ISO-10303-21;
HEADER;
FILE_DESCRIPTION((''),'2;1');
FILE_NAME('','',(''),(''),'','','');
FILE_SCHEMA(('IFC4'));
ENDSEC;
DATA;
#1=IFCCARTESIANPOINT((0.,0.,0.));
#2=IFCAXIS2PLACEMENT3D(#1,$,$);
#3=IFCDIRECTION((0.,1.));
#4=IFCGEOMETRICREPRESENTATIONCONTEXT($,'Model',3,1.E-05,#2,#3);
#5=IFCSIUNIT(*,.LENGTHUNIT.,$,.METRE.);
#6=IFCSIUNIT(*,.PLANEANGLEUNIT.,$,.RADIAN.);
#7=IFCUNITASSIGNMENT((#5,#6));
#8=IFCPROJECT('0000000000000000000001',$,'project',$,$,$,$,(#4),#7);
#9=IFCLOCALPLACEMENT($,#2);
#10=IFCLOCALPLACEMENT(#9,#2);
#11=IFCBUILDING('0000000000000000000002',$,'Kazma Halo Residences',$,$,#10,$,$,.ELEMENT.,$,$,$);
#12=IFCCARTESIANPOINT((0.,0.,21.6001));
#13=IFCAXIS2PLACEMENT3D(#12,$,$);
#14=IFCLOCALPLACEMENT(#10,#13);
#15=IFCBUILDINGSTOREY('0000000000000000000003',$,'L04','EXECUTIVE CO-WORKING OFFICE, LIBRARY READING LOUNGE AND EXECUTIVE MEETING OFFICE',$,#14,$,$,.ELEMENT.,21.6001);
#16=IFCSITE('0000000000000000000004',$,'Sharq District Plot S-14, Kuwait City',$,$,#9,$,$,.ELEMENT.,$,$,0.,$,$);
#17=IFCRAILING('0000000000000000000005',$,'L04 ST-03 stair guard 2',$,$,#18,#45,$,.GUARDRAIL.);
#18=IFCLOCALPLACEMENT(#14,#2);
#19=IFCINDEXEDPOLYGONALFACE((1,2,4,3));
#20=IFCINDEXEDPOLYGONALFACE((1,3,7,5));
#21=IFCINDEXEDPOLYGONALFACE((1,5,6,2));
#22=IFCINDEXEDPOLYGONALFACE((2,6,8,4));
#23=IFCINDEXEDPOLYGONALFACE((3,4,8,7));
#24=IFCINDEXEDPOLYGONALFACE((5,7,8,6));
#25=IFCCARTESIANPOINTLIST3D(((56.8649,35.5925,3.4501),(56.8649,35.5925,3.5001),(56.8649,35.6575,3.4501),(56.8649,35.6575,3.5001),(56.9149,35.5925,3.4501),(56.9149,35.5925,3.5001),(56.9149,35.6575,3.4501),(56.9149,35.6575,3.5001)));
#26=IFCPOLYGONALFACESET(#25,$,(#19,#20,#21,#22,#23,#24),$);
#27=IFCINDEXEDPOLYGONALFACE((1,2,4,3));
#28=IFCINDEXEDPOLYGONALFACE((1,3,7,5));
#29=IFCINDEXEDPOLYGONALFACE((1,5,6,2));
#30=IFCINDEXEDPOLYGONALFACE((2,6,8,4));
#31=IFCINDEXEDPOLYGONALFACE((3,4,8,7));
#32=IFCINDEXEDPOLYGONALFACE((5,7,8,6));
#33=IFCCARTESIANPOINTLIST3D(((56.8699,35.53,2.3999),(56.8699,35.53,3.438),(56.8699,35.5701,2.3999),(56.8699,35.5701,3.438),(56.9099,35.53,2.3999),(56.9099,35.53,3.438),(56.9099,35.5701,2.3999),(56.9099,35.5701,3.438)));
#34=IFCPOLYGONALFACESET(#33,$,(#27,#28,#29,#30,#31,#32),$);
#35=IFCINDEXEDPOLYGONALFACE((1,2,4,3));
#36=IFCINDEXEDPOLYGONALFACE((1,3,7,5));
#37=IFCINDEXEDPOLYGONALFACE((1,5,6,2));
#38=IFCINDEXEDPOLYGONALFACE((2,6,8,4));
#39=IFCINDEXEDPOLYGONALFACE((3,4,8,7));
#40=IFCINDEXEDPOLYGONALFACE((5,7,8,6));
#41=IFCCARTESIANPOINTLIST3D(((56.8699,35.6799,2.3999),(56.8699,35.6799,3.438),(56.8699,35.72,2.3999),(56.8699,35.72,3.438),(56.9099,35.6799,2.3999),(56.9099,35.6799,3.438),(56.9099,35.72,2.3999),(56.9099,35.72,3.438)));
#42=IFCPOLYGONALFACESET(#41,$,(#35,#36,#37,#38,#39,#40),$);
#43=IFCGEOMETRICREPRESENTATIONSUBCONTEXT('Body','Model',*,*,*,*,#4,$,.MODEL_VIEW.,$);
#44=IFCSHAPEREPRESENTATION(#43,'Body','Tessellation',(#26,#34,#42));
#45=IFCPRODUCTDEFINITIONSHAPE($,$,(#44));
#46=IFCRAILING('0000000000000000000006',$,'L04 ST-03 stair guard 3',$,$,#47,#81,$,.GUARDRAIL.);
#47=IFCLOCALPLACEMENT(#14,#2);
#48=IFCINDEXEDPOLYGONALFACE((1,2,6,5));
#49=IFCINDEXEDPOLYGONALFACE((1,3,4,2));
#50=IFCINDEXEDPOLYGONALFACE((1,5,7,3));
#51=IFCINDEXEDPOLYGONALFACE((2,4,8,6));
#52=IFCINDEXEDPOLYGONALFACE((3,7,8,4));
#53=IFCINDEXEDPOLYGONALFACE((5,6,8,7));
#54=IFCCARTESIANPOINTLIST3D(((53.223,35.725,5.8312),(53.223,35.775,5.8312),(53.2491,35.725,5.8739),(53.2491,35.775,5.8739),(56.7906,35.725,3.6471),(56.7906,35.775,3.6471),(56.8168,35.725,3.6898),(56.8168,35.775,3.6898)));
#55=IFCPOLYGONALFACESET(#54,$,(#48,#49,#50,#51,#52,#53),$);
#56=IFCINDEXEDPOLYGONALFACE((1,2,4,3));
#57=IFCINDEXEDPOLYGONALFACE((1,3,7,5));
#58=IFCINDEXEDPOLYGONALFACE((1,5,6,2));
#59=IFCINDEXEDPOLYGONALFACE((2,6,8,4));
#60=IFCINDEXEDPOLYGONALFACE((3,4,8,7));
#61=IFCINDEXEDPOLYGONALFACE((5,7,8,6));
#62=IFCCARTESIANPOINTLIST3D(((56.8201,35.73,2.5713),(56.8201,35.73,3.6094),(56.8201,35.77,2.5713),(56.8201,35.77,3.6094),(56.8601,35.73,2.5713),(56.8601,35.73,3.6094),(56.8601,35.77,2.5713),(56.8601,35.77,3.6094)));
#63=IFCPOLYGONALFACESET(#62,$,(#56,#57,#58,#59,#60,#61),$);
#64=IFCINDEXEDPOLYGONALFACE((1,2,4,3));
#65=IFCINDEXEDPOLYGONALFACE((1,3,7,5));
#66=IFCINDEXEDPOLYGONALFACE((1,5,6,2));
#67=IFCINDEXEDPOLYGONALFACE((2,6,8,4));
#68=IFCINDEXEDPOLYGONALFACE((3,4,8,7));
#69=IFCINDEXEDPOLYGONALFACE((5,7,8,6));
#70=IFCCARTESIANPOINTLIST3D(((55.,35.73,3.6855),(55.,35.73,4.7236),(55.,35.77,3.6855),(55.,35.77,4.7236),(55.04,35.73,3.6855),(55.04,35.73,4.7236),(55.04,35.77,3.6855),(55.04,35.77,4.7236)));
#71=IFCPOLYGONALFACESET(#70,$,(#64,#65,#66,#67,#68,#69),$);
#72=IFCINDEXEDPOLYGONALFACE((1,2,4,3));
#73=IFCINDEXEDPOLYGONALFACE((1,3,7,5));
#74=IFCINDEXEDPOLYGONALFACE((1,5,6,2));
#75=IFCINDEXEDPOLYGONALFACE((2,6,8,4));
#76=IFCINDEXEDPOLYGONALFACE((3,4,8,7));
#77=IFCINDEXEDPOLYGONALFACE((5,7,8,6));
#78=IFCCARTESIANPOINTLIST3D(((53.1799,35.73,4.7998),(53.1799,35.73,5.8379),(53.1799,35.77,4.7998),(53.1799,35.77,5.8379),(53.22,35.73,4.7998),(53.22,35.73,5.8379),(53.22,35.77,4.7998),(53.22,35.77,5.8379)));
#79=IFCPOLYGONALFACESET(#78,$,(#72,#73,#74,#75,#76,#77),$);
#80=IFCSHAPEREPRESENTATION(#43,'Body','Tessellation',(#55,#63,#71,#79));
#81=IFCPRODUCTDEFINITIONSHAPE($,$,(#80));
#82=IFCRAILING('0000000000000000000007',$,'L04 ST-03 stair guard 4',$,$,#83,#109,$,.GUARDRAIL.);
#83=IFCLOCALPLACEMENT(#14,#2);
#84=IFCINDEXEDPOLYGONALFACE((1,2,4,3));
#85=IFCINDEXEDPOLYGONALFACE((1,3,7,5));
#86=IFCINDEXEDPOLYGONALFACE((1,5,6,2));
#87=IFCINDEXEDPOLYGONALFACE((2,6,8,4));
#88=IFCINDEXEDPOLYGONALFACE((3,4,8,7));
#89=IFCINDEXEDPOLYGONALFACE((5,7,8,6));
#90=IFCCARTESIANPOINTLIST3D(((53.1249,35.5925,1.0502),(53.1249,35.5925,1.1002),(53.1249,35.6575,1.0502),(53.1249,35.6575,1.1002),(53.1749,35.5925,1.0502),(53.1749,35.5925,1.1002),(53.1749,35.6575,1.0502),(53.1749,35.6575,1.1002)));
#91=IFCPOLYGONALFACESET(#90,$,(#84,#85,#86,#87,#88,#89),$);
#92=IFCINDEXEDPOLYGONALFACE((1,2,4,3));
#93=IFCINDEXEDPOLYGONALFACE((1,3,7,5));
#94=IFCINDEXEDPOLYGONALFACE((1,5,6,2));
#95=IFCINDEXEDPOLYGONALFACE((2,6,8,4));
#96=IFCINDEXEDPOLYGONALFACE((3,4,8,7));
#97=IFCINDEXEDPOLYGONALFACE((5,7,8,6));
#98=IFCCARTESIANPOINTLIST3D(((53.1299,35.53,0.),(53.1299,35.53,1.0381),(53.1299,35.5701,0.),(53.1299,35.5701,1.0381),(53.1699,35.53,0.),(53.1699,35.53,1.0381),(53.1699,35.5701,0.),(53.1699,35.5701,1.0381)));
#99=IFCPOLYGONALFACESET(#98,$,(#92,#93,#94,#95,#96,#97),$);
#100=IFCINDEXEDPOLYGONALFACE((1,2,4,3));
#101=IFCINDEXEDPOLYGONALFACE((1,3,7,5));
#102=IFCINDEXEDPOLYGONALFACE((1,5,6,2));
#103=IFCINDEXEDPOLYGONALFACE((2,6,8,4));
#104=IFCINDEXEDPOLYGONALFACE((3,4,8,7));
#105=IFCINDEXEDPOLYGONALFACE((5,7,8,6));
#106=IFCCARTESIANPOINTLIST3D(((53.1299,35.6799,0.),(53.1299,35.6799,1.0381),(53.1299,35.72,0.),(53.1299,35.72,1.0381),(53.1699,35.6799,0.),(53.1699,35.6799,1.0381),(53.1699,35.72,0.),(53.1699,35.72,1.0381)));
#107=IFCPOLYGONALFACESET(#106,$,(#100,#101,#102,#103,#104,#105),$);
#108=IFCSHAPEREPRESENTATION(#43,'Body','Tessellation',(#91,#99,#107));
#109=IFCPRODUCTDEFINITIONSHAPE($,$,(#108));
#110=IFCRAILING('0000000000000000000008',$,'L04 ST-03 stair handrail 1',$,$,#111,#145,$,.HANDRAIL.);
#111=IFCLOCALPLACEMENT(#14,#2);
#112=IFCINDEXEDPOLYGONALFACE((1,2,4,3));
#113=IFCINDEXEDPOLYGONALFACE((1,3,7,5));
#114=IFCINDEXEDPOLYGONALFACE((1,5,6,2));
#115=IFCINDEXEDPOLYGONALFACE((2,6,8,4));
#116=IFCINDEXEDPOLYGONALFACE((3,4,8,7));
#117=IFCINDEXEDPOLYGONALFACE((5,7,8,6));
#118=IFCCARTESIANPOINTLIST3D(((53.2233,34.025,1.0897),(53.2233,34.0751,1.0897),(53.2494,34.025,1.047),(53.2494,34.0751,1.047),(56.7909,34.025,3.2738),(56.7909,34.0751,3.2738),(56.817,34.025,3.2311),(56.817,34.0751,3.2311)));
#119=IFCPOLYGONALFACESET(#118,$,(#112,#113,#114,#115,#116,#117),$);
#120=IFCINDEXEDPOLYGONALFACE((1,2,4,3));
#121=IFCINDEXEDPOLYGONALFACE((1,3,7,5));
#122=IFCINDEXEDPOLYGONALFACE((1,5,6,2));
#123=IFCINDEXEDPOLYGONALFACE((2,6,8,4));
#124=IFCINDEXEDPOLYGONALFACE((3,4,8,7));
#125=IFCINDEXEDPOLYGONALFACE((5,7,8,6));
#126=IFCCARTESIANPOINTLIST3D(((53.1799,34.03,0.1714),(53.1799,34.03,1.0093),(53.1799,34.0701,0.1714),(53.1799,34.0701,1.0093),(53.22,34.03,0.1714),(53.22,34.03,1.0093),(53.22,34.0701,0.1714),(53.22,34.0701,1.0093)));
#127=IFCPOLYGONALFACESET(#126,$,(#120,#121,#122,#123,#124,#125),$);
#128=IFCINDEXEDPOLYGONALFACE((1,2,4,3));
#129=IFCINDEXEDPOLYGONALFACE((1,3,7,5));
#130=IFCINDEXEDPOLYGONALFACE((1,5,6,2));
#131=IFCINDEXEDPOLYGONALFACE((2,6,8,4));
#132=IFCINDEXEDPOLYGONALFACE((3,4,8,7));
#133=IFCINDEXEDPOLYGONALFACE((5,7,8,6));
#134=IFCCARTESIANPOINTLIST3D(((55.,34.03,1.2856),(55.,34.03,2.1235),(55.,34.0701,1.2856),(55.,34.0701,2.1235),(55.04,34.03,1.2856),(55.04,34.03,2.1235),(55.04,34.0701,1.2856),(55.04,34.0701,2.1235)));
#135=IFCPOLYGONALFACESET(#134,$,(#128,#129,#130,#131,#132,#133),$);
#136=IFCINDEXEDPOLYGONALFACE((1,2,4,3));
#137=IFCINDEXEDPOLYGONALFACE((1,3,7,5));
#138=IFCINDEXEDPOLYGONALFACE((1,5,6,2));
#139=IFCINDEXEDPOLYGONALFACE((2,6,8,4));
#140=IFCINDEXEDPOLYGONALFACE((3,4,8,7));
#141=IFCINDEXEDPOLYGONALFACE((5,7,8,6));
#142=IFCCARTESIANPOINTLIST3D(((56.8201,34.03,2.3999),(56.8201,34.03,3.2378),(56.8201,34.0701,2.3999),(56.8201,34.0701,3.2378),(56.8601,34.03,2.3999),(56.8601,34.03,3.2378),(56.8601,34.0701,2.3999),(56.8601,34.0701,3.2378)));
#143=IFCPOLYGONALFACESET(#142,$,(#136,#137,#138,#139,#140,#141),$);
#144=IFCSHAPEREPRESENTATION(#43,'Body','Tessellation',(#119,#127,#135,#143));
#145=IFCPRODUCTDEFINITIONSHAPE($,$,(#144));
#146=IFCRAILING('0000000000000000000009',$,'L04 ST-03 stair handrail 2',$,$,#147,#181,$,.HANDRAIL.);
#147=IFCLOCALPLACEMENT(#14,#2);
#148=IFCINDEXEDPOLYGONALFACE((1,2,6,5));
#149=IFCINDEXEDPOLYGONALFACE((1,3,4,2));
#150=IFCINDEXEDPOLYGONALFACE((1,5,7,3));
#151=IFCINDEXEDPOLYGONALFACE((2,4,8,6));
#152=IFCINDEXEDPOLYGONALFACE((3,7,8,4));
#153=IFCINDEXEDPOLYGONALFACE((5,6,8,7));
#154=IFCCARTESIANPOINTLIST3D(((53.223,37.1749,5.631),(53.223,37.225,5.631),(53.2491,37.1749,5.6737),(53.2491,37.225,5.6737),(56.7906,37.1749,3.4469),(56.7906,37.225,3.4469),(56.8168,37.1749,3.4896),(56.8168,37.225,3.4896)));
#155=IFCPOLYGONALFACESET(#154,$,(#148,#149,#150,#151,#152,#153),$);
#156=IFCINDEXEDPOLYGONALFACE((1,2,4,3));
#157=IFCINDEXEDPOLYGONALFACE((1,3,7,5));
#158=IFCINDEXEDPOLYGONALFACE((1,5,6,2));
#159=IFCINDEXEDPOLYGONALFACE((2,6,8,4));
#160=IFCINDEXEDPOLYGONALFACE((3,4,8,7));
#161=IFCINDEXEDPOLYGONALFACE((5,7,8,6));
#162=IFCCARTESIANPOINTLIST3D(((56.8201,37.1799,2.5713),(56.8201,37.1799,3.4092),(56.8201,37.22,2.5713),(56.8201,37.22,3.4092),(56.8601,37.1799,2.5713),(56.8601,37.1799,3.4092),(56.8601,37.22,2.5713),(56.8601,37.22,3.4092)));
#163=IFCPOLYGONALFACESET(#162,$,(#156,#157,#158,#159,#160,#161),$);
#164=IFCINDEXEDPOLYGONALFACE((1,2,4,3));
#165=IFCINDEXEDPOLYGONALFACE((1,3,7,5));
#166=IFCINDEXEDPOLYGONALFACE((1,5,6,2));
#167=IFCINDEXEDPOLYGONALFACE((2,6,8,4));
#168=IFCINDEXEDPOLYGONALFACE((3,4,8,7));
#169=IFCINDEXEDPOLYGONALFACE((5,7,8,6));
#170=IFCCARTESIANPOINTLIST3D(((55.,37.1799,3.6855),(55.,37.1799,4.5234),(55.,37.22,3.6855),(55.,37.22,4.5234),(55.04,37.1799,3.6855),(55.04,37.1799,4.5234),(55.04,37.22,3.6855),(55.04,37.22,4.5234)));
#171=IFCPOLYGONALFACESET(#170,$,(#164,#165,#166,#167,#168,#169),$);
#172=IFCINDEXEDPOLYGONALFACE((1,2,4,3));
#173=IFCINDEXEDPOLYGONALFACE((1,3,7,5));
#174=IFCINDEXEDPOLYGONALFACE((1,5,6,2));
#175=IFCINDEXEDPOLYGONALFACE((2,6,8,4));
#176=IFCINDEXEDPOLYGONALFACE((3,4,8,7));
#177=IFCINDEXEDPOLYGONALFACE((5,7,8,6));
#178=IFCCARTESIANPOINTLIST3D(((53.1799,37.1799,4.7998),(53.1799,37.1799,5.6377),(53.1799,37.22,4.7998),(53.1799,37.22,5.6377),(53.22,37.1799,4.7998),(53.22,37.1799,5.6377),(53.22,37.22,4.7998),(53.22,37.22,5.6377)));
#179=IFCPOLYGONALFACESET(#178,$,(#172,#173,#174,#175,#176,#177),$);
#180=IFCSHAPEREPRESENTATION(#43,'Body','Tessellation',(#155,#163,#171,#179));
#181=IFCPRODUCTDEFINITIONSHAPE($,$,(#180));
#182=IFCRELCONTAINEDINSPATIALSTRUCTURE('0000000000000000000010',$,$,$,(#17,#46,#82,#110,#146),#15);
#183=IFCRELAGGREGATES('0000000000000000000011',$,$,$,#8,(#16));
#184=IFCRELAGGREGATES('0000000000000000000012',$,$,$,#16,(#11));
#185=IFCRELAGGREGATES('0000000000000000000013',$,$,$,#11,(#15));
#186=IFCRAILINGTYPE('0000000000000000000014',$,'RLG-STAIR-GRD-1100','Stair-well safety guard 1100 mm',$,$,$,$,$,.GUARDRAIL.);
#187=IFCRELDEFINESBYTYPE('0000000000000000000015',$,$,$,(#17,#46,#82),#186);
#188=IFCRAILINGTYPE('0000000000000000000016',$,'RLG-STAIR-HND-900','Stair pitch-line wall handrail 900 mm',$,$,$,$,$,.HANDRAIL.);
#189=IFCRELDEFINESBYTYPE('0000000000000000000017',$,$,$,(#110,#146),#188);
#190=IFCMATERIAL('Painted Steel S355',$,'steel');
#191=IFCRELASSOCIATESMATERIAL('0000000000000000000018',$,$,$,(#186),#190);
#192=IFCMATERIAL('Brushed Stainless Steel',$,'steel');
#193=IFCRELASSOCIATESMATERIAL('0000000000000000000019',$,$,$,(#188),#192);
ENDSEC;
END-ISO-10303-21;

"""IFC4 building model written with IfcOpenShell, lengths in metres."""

from ifc_helpers import new_model, si_unit, direction, frame, origin, origin_2d, place, context, subcontext, project, spatial, rectangle, extrude, material, type_object, element, save


model = new_model("IFC4")

# Units and contexts
model_context = context("Model", 3, precision=1e-05, world=origin(), true_north=direction((0.0, 1.0)))
body_context = subcontext(model_context, "Body", "Model", "MODEL_VIEW")
ifc_project = project(units=[si_unit("LENGTHUNIT", "METRE"), si_unit("PLANEANGLEUNIT", "RADIAN")], contexts=[model_context])

# Site, building, storey
site_placement = place(None, origin())
site = spatial("IfcSite", under=ifc_project, at=site_placement, Name="Sharq District Plot S-14, Kuwait City", CompositionType="ELEMENT", RefElevation=0.0)
building_placement = place(site_placement, origin())
building = spatial("IfcBuilding", under=site, at=building_placement, Name="Kazma Halo Residences", CompositionType="ELEMENT")
storey_placement = place(building_placement, frame((0.0, 0.0, 21.6001)))
storey = spatial("IfcBuildingStorey", under=building, at=storey_placement, Name="L04", Description="EXECUTIVE CO-WORKING OFFICE, LIBRARY READING LOUNGE AND EXECUTIVE MEETING OFFICE", CompositionType="ELEMENT", Elevation=21.6001)

# Railings
ifc_material_1 = material(Name="Painted Steel S355", Category="steel")
railing_type_1 = type_object("IfcRailingType", Name="RLG-STAIR-GRD-1100", Description="Stair-well safety guard 1100 mm", PredefinedType="GUARDRAIL", material=ifc_material_1)
railing_1_placement = place(storey_placement, frame((56.8899, 35.55, 2.3999)))
element("IfcRailing", 1, at=railing_1_placement, inside=storey, type_object=railing_type_1, Name="L04 ST-03 stair guard 2", PredefinedType="GUARDRAIL", context=body_context, shape_type="SweptSolid", body=[
    extrude(rectangle(XDim=0.05, YDim=0.05, at=origin_2d()), frame((0.0, 0.0425, 1.0752), z_axis=(0.0, 1.0, 0.0), x_axis=(-1.0, 0.0, 0.0)), (0.0, 0.0, 1.0), 0.0649),
    extrude(rectangle(XDim=0.04, YDim=0.04, at=origin_2d()), origin(), (0.0, 0.0, 1.0), 1.0381),
    extrude(rectangle(XDim=0.04, YDim=0.04, at=origin_2d()), frame((0.0, 0.1499, 0.0)), (0.0, 0.0, 1.0), 1.0381),
])
railing_2_placement = place(storey_placement, frame((56.8401, 35.75, 2.5713)))
element("IfcRailing", 2, at=railing_2_placement, inside=storey, type_object=railing_type_1, Name="L04 ST-03 stair guard 3", PredefinedType="GUARDRAIL", context=body_context, shape_type="SweptSolid", body=[
    extrude(rectangle(XDim=0.05, YDim=0.05, at=origin_2d()), frame((-0.0364, 0.0, 1.0972), z_axis=(-0.852866, 0.0, 0.52213), x_axis=(0.0, -1.0, 0.0)), (0.0, 0.0, 1.0), 4.1831),
    extrude(rectangle(XDim=0.04, YDim=0.04, at=origin_2d()), origin(), (0.0, 0.0, 1.0), 1.0381),
    extrude(rectangle(XDim=0.04, YDim=0.04, at=origin_2d()), frame((-1.8201, 0.0, 1.1143)), (0.0, 0.0, 1.0), 1.0381),
    extrude(rectangle(XDim=0.04, YDim=0.04, at=origin_2d()), frame((-3.6401, 0.0, 2.2285)), (0.0, 0.0, 1.0), 1.0381),
])
railing_3_placement = place(storey_placement, frame((53.1499, 35.55, 0.0)))
element("IfcRailing", 3, at=railing_3_placement, inside=storey, type_object=railing_type_1, Name="L04 ST-03 stair guard 4", PredefinedType="GUARDRAIL", context=body_context, shape_type="SweptSolid", body=[
    extrude(rectangle(XDim=0.05, YDim=0.05, at=origin_2d()), frame((0.0, 0.0425, 1.0752), z_axis=(0.0, 1.0, 0.0), x_axis=(-1.0, 0.0, 0.0)), (0.0, 0.0, 1.0), 0.0649),
    extrude(rectangle(XDim=0.04, YDim=0.04, at=origin_2d()), origin(), (0.0, 0.0, 1.0), 1.0381),
    extrude(rectangle(XDim=0.04, YDim=0.04, at=origin_2d()), frame((0.0, 0.1499, 0.0)), (0.0, 0.0, 1.0), 1.0381),
])
ifc_material_2 = material(Name="Brushed Stainless Steel", Category="steel")
railing_type_2 = type_object("IfcRailingType", Name="RLG-STAIR-HND-900", Description="Stair pitch-line wall handrail 900 mm", PredefinedType="HANDRAIL", material=ifc_material_2)
railing_4_placement = place(storey_placement, frame((53.2, 34.05, 0.1714)))
element("IfcRailing", 4, at=railing_4_placement, inside=storey, type_object=railing_type_2, Name="L04 ST-03 stair handrail 1", PredefinedType="HANDRAIL", context=body_context, shape_type="SweptSolid", body=[
    extrude(rectangle(XDim=0.05, YDim=0.05, at=origin_2d()), frame((0.0364, 0.0, 0.897), z_axis=(0.852866, 0.0, 0.52213), x_axis=(0.0, 1.0, 0.0)), (0.0, 0.0, 1.0), 4.1831),
    extrude(rectangle(XDim=0.04, YDim=0.04, at=origin_2d()), origin(), (0.0, 0.0, 1.0), 0.8379),
    extrude(rectangle(XDim=0.04, YDim=0.04, at=origin_2d()), frame((1.8201, 0.0, 1.1143)), (0.0, 0.0, 1.0), 0.8379),
    extrude(rectangle(XDim=0.04, YDim=0.04, at=origin_2d()), frame((3.6401, 0.0, 2.2285)), (0.0, 0.0, 1.0), 0.8379),
])
railing_5_placement = place(storey_placement, frame((56.8401, 37.2, 2.5713)))
element("IfcRailing", 5, at=railing_5_placement, inside=storey, type_object=railing_type_2, Name="L04 ST-03 stair handrail 2", PredefinedType="HANDRAIL", context=body_context, shape_type="SweptSolid", body=[
    extrude(rectangle(XDim=0.05, YDim=0.05, at=origin_2d()), frame((-0.0364, 0.0, 0.897), z_axis=(-0.852866, 0.0, 0.52213), x_axis=(0.0, -1.0, 0.0)), (0.0, 0.0, 1.0), 4.1831),
    extrude(rectangle(XDim=0.04, YDim=0.04, at=origin_2d()), origin(), (0.0, 0.0, 1.0), 0.8379),
    extrude(rectangle(XDim=0.04, YDim=0.04, at=origin_2d()), frame((-1.8201, 0.0, 1.1143)), (0.0, 0.0, 1.0), 0.8379),
    extrude(rectangle(XDim=0.04, YDim=0.04, at=origin_2d()), frame((-3.6401, 0.0, 2.2285)), (0.0, 0.0, 1.0), 0.8379),
])

save(model, "model.ifc")
